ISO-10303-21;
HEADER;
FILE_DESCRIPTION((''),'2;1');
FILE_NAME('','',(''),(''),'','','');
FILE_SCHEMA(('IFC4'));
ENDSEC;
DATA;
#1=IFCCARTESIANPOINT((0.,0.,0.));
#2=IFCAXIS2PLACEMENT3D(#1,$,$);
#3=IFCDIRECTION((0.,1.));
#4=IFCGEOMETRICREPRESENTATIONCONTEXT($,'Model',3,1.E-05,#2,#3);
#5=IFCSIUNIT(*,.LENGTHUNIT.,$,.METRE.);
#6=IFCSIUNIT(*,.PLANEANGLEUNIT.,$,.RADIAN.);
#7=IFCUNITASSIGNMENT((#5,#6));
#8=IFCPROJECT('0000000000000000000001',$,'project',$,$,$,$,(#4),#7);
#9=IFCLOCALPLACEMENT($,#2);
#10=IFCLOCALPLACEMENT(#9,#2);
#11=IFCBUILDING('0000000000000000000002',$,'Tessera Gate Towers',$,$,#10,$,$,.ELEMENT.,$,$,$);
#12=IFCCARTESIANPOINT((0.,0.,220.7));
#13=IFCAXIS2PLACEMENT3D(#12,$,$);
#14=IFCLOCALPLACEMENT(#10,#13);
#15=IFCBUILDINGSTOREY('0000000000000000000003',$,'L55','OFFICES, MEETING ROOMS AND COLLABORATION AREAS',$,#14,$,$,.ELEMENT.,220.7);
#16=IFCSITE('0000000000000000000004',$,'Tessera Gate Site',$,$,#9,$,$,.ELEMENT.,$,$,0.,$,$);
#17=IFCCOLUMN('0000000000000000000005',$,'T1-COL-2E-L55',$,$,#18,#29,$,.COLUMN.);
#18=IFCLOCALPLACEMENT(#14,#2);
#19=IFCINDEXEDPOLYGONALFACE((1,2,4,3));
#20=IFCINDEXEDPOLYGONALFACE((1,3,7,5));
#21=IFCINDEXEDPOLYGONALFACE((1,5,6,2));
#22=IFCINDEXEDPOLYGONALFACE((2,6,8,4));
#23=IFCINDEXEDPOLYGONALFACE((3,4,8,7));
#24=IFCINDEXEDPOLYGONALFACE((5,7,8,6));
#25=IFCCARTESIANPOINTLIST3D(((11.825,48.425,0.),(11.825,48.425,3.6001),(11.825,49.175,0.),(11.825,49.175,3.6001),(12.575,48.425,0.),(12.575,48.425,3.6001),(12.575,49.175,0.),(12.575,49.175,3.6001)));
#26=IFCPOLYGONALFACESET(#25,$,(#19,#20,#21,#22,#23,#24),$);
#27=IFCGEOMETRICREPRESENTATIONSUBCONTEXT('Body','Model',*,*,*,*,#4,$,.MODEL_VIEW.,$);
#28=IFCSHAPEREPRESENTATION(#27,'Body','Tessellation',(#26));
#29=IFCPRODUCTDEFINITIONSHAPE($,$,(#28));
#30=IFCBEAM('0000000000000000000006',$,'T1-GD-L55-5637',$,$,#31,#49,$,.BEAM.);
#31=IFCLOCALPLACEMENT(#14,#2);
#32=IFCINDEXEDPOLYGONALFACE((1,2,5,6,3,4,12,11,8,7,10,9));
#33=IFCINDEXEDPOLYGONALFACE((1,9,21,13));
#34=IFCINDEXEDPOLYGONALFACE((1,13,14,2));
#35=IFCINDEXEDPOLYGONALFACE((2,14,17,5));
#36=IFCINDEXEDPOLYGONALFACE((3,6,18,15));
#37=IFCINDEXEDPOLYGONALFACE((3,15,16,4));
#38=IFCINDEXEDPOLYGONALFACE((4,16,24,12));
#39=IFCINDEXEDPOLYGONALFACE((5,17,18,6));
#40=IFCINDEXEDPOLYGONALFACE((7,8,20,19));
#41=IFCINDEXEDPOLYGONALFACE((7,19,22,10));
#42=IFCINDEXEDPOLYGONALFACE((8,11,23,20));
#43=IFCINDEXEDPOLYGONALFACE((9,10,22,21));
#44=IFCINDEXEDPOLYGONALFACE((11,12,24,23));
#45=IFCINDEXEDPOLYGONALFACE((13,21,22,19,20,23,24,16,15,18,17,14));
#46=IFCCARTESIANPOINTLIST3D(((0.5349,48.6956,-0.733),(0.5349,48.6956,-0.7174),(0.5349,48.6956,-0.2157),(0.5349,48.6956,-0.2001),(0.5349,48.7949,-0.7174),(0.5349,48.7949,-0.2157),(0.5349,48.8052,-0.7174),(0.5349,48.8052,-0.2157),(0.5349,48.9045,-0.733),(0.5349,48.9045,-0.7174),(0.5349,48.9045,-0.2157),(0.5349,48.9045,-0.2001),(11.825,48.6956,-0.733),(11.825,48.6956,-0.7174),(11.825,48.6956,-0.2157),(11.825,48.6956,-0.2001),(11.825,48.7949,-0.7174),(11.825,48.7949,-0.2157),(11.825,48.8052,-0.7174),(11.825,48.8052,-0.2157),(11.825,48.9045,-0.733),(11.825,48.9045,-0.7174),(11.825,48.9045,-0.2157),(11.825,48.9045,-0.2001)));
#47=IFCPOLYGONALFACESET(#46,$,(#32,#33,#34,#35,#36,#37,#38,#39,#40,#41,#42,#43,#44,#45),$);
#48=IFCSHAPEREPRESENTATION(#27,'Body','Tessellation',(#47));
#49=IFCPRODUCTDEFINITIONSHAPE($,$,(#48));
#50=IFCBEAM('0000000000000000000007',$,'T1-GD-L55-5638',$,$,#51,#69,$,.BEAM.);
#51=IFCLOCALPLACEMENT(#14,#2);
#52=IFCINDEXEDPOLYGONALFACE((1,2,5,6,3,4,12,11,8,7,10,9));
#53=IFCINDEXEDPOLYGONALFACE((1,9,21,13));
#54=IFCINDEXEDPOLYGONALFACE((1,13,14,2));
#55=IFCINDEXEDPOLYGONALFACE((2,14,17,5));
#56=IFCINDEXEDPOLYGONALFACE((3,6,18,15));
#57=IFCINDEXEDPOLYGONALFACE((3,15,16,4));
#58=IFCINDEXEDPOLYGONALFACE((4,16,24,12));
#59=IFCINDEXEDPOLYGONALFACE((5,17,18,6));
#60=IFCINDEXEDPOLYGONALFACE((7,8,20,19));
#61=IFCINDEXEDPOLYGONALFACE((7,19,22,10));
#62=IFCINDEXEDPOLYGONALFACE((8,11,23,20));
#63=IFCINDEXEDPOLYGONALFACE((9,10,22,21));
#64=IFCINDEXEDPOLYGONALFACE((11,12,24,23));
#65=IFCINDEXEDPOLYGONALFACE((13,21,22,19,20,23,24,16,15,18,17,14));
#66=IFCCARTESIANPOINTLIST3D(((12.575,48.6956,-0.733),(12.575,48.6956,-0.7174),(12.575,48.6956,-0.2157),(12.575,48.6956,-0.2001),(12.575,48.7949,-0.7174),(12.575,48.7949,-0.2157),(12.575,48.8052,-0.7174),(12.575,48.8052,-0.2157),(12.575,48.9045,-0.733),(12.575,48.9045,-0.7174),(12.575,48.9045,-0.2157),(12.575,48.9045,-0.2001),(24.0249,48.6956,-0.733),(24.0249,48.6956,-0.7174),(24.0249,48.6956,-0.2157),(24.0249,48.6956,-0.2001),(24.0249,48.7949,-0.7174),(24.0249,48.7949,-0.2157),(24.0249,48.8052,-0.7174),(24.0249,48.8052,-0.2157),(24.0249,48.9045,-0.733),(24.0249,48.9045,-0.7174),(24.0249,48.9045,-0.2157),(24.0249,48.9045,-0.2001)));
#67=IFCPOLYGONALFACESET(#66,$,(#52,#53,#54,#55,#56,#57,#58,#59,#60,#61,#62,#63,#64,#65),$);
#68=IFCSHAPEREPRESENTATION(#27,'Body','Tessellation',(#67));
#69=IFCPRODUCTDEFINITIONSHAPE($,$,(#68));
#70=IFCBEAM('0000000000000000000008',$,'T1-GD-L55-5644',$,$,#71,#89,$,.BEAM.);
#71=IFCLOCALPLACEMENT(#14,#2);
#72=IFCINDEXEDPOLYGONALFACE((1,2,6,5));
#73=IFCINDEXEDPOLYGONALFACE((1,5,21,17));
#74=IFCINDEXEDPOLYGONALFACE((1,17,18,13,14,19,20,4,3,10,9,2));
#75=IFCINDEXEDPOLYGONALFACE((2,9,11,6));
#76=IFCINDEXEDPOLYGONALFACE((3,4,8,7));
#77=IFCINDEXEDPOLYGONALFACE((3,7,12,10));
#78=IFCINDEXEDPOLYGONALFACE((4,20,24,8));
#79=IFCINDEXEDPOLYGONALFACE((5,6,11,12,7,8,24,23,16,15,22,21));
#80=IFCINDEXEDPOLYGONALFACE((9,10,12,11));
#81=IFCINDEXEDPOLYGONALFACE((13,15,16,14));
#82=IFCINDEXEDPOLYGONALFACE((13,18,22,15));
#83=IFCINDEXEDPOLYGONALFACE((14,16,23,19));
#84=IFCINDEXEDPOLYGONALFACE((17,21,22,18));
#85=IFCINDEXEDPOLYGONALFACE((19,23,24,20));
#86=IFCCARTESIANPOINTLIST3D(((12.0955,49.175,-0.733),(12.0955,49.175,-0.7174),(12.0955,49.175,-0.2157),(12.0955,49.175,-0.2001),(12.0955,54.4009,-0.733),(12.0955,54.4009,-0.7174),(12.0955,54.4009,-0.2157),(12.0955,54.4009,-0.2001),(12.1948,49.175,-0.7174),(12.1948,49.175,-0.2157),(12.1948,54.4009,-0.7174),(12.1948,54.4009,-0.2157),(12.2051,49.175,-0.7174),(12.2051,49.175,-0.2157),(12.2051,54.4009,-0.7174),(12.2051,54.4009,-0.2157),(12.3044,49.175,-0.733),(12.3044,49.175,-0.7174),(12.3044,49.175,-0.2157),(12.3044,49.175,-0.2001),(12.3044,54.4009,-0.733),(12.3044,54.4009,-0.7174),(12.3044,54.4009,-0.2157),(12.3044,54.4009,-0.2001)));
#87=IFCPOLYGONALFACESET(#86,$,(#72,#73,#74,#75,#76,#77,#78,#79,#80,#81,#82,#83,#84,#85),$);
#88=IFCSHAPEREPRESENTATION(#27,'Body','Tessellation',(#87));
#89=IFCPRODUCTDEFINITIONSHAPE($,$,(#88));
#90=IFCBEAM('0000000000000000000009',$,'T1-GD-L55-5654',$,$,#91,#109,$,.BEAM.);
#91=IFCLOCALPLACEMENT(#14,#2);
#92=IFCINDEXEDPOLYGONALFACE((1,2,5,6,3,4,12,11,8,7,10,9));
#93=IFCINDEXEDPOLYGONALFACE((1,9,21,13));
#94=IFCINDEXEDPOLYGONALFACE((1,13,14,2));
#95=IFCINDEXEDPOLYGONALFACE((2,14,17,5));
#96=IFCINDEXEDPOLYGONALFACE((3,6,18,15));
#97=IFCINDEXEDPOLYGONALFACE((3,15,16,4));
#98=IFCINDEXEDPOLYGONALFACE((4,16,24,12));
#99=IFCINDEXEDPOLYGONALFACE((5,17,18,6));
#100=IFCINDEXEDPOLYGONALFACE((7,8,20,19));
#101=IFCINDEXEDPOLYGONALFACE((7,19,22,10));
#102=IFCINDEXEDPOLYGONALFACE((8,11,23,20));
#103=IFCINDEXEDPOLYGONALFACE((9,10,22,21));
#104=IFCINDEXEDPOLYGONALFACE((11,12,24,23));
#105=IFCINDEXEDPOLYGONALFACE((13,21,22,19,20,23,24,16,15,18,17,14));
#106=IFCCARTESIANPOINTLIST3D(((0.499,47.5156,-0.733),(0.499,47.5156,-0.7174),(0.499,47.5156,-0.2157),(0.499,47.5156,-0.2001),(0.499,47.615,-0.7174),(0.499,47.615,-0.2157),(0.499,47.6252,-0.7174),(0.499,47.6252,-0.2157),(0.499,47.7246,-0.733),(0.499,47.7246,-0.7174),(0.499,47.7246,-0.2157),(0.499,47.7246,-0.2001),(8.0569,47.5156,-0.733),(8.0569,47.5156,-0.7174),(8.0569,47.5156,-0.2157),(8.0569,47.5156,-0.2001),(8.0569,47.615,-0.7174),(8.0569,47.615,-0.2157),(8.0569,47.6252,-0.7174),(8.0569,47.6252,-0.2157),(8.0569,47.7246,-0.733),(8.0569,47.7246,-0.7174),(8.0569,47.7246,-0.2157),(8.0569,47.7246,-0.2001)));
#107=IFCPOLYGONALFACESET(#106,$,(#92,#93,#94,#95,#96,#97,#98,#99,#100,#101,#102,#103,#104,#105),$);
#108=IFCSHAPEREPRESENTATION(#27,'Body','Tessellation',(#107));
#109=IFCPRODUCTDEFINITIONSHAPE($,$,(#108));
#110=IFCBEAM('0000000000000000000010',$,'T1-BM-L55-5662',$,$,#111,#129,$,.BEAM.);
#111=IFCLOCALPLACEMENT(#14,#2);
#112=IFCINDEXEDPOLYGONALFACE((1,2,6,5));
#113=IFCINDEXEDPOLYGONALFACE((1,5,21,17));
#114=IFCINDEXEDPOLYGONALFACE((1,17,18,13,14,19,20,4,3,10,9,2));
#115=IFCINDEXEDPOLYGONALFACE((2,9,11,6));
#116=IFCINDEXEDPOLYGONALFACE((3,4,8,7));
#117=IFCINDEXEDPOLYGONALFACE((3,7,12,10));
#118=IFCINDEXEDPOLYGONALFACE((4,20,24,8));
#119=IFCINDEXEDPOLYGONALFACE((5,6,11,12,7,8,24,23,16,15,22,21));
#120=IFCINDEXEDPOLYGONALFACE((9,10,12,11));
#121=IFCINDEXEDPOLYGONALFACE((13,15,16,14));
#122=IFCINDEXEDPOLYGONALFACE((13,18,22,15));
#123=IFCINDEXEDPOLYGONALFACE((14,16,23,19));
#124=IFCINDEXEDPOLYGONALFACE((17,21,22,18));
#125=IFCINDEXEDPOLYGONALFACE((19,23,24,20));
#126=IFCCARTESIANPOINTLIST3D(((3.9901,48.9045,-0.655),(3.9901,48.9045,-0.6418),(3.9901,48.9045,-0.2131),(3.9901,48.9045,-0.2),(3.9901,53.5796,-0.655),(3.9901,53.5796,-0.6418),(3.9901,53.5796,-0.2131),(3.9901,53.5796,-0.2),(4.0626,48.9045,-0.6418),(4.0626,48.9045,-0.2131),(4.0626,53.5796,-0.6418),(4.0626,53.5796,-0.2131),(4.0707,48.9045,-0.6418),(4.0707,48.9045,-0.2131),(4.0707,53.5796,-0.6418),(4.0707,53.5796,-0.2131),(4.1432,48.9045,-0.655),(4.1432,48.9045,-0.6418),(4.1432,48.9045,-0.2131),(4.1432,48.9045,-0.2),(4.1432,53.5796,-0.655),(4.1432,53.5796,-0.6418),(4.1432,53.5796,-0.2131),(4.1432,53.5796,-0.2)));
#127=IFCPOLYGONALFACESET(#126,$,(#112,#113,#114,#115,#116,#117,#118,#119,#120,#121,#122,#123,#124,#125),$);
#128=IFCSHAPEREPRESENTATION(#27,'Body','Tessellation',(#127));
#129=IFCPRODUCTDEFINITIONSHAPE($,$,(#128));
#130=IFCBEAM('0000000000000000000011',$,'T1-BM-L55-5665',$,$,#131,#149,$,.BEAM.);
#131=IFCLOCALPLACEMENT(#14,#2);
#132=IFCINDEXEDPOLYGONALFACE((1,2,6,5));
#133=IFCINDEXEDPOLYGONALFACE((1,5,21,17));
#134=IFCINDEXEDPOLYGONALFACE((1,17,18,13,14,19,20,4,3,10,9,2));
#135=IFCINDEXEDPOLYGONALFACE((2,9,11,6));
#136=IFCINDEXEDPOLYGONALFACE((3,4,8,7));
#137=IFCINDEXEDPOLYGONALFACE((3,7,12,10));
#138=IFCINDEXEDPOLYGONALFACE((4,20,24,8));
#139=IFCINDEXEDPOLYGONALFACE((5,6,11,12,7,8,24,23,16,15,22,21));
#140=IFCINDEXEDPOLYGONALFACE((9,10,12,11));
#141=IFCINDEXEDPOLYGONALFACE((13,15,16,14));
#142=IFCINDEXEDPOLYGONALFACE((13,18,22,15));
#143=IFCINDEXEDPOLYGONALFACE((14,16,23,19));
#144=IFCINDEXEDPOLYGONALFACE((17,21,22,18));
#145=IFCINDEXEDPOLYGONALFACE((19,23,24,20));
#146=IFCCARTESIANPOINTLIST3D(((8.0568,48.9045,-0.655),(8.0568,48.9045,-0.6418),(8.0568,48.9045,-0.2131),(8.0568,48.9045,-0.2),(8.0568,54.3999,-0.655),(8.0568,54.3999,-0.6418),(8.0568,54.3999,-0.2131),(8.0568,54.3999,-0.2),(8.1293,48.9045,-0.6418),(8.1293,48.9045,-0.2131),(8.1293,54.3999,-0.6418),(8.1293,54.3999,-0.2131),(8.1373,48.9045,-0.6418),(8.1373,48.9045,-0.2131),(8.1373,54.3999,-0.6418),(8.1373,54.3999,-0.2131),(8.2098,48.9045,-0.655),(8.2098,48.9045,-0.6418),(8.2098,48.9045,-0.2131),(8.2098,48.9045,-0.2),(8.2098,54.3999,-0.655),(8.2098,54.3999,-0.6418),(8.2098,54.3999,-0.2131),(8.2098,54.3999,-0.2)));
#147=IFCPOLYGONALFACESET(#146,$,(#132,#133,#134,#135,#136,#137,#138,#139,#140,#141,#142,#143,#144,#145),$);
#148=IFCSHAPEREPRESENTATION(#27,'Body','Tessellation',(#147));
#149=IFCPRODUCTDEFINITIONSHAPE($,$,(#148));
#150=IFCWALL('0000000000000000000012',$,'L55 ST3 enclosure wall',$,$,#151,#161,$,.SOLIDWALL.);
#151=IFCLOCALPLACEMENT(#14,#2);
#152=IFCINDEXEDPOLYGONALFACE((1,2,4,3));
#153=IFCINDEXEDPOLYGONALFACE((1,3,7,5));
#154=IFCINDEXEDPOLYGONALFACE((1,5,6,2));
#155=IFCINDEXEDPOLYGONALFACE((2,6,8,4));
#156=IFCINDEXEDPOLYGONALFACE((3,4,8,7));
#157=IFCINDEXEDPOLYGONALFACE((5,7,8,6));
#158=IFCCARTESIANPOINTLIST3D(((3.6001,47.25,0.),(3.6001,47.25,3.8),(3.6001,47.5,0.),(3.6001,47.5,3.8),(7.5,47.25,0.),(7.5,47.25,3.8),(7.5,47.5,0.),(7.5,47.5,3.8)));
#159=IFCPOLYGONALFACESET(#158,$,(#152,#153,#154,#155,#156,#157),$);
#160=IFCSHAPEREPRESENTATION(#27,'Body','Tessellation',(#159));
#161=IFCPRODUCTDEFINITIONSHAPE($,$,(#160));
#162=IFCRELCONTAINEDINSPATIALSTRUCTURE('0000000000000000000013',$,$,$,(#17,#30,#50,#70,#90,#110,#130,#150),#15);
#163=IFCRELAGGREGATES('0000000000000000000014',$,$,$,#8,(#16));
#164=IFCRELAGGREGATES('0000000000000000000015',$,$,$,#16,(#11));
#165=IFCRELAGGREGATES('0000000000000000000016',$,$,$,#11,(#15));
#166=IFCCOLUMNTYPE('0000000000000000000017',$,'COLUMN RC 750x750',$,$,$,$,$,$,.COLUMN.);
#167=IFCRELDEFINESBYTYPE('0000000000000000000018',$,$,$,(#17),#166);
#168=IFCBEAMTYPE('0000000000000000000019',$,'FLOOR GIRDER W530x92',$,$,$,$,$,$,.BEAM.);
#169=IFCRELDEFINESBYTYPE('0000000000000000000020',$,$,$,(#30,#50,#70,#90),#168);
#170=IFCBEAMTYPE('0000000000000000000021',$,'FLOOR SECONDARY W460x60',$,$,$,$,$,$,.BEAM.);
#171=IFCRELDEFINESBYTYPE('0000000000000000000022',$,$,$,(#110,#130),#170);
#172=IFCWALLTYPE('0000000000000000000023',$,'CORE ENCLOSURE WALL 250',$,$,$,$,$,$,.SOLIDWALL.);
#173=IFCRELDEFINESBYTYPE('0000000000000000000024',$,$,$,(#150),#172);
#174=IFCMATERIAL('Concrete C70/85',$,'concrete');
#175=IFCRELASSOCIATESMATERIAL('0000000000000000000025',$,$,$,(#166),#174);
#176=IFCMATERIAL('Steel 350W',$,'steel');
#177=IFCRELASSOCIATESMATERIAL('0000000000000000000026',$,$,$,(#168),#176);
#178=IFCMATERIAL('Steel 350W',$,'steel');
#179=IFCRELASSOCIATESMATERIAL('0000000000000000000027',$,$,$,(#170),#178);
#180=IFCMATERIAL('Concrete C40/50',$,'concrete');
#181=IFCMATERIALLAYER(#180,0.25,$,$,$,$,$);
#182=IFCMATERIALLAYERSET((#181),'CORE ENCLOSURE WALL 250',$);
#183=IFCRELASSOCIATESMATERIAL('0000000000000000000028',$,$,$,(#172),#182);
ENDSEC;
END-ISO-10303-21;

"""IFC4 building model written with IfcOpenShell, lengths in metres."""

from ifc_helpers import new_model, si_unit, direction, frame, frame_2d, origin, origin_2d, place, context, subcontext, project, spatial, rectangle, i_section, extrude, material, layer, layer_set, material_profile, profile_set, type_object, element, save


model = new_model("IFC4")

# Units and contexts
model_context = context("Model", 3, precision=1e-05, world=origin(), true_north=direction((0.0, 1.0)))
body_context = subcontext(model_context, "Body", "Model", "MODEL_VIEW")
ifc_project = project(units=[si_unit("LENGTHUNIT", "METRE"), si_unit("PLANEANGLEUNIT", "RADIAN")], contexts=[model_context])

# Site, building, storey
site_placement = place(None, origin())
site = spatial("IfcSite", under=ifc_project, at=site_placement, Name="Tessera Gate Site", CompositionType="ELEMENT", RefElevation=0.0)
building_placement = place(site_placement, origin())
building = spatial("IfcBuilding", under=site, at=building_placement, Name="Tessera Gate Towers", CompositionType="ELEMENT")
storey_placement = place(building_placement, frame((0.0, 0.0, 220.7)))
storey = spatial("IfcBuildingStorey", under=building, at=storey_placement, Name="L55", Description="OFFICES, MEETING ROOMS AND COLLABORATION AREAS", CompositionType="ELEMENT", Elevation=220.7)

# Column
ifc_material_1 = material(Name="Concrete C70/85", Category="concrete")
ifc_material_profile_1 = material_profile(ifc_material_1, rectangle(XDim=0.75, YDim=0.75, at=origin_2d()), Name="RC 750x750")
ifc_profile_set_1 = profile_set([ifc_material_profile_1], Name="Concrete C70/85")
column_type = type_object("IfcColumnType", Name="COLUMN RC 750x750", PredefinedType="COLUMN", material=ifc_profile_set_1)
column_placement = place(storey_placement, frame((12.2, 48.8, 0.0), z_axis=(0.0, 0.0, 1.0), x_axis=(1.0, 0.0, 0.0)))
element("IfcColumn", 1, at=column_placement, inside=storey, type_object=column_type, Name="T1-COL-2E-L55", PredefinedType="COLUMN", context=body_context, shape_type="SweptSolid", body=[
    extrude(rectangle(XDim=0.75, YDim=0.75, at=origin_2d()), origin(), (0.0, 0.0, 1.0), 3.6001),
])

# Beams
ifc_material_2 = material(Name="Steel 350W", Category="steel")
ifc_material_profile_2 = material_profile(ifc_material_2, i_section(OverallWidth=0.209, OverallDepth=0.533, WebThickness=0.0103, FlangeThickness=0.0156, at=origin_2d()), Name="W530x92")
ifc_profile_set_2 = profile_set([ifc_material_profile_2], Name="Steel 350W")
beam_type_1 = type_object("IfcBeamType", Name="FLOOR GIRDER W530x92", PredefinedType="BEAM", material=ifc_profile_set_2)
beam_1_placement = place(storey_placement, frame((0.5349, 48.8, -0.4666), z_axis=(1.0, 0.0, 0.0), x_axis=(0.0, 1.0, 0.0)))
element("IfcBeam", 2, at=beam_1_placement, inside=storey, type_object=beam_type_1, Name="T1-GD-L55-5637", PredefinedType="BEAM", context=body_context, shape_type="SweptSolid", body=[
    extrude(i_section(OverallWidth=0.209, OverallDepth=0.533, WebThickness=0.0103, FlangeThickness=0.0156, at=origin_2d()), origin(), (0.0, 0.0, 1.0), 11.29),
])
beam_2_placement = place(storey_placement, frame((12.575, 48.8, -0.4666), z_axis=(1.0, 0.0, 0.0), x_axis=(0.0, 1.0, 0.0)))
element("IfcBeam", 3, at=beam_2_placement, inside=storey, type_object=beam_type_1, Name="T1-GD-L55-5638", PredefinedType="BEAM", context=body_context, shape_type="SweptSolid", body=[
    extrude(i_section(OverallWidth=0.209, OverallDepth=0.533, WebThickness=0.0103, FlangeThickness=0.0156, at=origin_2d()), origin(), (0.0, 0.0, 1.0), 11.45),
])
beam_3_placement = place(storey_placement, frame((12.2, 49.175, -0.4666), z_axis=(0.0, 1.0, 0.0), x_axis=(-1.0, 0.0, 0.0)))
element("IfcBeam", 4, at=beam_3_placement, inside=storey, type_object=beam_type_1, Name="T1-GD-L55-5644", PredefinedType="BEAM", context=body_context, shape_type="SweptSolid", body=[
    extrude(i_section(OverallWidth=0.209, OverallDepth=0.533, WebThickness=0.0103, FlangeThickness=0.0156, at=origin_2d()), origin(), (0.0, 0.0, 1.0), 5.2258),
])
beam_4_placement = place(storey_placement, frame((0.499, 47.6201, -0.4666), z_axis=(1.0, 0.0, 0.0), x_axis=(0.0, 1.0, 0.0)))
element("IfcBeam", 5, at=beam_4_placement, inside=storey, type_object=beam_type_1, Name="T1-GD-L55-5654", PredefinedType="BEAM", context=body_context, shape_type="SweptSolid", body=[
    extrude(i_section(OverallWidth=0.209, OverallDepth=0.533, WebThickness=0.0103, FlangeThickness=0.0156, at=origin_2d()), origin(), (0.0, 0.0, 1.0), 7.5579),
])
ifc_material_3 = material(Name="Steel 350W", Category="steel")
ifc_material_profile_3 = material_profile(ifc_material_3, i_section(OverallWidth=0.1531, OverallDepth=0.4551, WebThickness=0.0081, FlangeThickness=0.0132, at=origin_2d()), Name="W460x60")
ifc_profile_set_3 = profile_set([ifc_material_profile_3], Name="Steel 350W")
beam_type_2 = type_object("IfcBeamType", Name="FLOOR SECONDARY W460x60", PredefinedType="BEAM", material=ifc_profile_set_3)
beam_5_placement = place(storey_placement, frame((4.0667, 48.9045, -0.4275), z_axis=(0.0, 1.0, 0.0), x_axis=(-1.0, 0.0, 0.0)))
element("IfcBeam", 6, at=beam_5_placement, inside=storey, type_object=beam_type_2, Name="T1-BM-L55-5662", PredefinedType="BEAM", context=body_context, shape_type="SweptSolid", body=[
    extrude(i_section(OverallWidth=0.1531, OverallDepth=0.4551, WebThickness=0.0081, FlangeThickness=0.0132, at=origin_2d()), origin(), (0.0, 0.0, 1.0), 4.675),
])
beam_6_placement = place(storey_placement, frame((8.1333, 48.9045, -0.4275), z_axis=(0.0, 1.0, 0.0), x_axis=(-1.0, 0.0, 0.0)))
element("IfcBeam", 7, at=beam_6_placement, inside=storey, type_object=beam_type_2, Name="T1-BM-L55-5665", PredefinedType="BEAM", context=body_context, shape_type="SweptSolid", body=[
    extrude(i_section(OverallWidth=0.1531, OverallDepth=0.4551, WebThickness=0.0081, FlangeThickness=0.0132, at=origin_2d()), origin(), (0.0, 0.0, 1.0), 5.4954),
])

# Wall
ifc_material_4 = material(Name="Concrete C40/50", Category="concrete")
ifc_layer_1 = layer(ifc_material_4, 0.25)
ifc_layer_set_1 = layer_set([ifc_layer_1], Name="CORE ENCLOSURE WALL 250")
wall_type_1 = type_object("IfcWallType", Name="CORE ENCLOSURE WALL 250", PredefinedType="SOLIDWALL", material=ifc_layer_set_1)
wall_1_placement = place(storey_placement, frame((3.6001, 47.375, 0.0), z_axis=(0.0, 0.0, 1.0), x_axis=(1.0, 0.0, 0.0)))
element("IfcWall", 8, at=wall_1_placement, inside=storey, type_object=wall_type_1, Name="L55 ST3 enclosure wall", PredefinedType="SOLIDWALL", context=body_context, shape_type="SweptSolid", body=[
    extrude(rectangle(XDim=3.8999, YDim=0.25, at=frame_2d((1.95, 0.0))), origin(), (0.0, 0.0, 1.0), 3.8),
])

save(model, "model.ifc")
